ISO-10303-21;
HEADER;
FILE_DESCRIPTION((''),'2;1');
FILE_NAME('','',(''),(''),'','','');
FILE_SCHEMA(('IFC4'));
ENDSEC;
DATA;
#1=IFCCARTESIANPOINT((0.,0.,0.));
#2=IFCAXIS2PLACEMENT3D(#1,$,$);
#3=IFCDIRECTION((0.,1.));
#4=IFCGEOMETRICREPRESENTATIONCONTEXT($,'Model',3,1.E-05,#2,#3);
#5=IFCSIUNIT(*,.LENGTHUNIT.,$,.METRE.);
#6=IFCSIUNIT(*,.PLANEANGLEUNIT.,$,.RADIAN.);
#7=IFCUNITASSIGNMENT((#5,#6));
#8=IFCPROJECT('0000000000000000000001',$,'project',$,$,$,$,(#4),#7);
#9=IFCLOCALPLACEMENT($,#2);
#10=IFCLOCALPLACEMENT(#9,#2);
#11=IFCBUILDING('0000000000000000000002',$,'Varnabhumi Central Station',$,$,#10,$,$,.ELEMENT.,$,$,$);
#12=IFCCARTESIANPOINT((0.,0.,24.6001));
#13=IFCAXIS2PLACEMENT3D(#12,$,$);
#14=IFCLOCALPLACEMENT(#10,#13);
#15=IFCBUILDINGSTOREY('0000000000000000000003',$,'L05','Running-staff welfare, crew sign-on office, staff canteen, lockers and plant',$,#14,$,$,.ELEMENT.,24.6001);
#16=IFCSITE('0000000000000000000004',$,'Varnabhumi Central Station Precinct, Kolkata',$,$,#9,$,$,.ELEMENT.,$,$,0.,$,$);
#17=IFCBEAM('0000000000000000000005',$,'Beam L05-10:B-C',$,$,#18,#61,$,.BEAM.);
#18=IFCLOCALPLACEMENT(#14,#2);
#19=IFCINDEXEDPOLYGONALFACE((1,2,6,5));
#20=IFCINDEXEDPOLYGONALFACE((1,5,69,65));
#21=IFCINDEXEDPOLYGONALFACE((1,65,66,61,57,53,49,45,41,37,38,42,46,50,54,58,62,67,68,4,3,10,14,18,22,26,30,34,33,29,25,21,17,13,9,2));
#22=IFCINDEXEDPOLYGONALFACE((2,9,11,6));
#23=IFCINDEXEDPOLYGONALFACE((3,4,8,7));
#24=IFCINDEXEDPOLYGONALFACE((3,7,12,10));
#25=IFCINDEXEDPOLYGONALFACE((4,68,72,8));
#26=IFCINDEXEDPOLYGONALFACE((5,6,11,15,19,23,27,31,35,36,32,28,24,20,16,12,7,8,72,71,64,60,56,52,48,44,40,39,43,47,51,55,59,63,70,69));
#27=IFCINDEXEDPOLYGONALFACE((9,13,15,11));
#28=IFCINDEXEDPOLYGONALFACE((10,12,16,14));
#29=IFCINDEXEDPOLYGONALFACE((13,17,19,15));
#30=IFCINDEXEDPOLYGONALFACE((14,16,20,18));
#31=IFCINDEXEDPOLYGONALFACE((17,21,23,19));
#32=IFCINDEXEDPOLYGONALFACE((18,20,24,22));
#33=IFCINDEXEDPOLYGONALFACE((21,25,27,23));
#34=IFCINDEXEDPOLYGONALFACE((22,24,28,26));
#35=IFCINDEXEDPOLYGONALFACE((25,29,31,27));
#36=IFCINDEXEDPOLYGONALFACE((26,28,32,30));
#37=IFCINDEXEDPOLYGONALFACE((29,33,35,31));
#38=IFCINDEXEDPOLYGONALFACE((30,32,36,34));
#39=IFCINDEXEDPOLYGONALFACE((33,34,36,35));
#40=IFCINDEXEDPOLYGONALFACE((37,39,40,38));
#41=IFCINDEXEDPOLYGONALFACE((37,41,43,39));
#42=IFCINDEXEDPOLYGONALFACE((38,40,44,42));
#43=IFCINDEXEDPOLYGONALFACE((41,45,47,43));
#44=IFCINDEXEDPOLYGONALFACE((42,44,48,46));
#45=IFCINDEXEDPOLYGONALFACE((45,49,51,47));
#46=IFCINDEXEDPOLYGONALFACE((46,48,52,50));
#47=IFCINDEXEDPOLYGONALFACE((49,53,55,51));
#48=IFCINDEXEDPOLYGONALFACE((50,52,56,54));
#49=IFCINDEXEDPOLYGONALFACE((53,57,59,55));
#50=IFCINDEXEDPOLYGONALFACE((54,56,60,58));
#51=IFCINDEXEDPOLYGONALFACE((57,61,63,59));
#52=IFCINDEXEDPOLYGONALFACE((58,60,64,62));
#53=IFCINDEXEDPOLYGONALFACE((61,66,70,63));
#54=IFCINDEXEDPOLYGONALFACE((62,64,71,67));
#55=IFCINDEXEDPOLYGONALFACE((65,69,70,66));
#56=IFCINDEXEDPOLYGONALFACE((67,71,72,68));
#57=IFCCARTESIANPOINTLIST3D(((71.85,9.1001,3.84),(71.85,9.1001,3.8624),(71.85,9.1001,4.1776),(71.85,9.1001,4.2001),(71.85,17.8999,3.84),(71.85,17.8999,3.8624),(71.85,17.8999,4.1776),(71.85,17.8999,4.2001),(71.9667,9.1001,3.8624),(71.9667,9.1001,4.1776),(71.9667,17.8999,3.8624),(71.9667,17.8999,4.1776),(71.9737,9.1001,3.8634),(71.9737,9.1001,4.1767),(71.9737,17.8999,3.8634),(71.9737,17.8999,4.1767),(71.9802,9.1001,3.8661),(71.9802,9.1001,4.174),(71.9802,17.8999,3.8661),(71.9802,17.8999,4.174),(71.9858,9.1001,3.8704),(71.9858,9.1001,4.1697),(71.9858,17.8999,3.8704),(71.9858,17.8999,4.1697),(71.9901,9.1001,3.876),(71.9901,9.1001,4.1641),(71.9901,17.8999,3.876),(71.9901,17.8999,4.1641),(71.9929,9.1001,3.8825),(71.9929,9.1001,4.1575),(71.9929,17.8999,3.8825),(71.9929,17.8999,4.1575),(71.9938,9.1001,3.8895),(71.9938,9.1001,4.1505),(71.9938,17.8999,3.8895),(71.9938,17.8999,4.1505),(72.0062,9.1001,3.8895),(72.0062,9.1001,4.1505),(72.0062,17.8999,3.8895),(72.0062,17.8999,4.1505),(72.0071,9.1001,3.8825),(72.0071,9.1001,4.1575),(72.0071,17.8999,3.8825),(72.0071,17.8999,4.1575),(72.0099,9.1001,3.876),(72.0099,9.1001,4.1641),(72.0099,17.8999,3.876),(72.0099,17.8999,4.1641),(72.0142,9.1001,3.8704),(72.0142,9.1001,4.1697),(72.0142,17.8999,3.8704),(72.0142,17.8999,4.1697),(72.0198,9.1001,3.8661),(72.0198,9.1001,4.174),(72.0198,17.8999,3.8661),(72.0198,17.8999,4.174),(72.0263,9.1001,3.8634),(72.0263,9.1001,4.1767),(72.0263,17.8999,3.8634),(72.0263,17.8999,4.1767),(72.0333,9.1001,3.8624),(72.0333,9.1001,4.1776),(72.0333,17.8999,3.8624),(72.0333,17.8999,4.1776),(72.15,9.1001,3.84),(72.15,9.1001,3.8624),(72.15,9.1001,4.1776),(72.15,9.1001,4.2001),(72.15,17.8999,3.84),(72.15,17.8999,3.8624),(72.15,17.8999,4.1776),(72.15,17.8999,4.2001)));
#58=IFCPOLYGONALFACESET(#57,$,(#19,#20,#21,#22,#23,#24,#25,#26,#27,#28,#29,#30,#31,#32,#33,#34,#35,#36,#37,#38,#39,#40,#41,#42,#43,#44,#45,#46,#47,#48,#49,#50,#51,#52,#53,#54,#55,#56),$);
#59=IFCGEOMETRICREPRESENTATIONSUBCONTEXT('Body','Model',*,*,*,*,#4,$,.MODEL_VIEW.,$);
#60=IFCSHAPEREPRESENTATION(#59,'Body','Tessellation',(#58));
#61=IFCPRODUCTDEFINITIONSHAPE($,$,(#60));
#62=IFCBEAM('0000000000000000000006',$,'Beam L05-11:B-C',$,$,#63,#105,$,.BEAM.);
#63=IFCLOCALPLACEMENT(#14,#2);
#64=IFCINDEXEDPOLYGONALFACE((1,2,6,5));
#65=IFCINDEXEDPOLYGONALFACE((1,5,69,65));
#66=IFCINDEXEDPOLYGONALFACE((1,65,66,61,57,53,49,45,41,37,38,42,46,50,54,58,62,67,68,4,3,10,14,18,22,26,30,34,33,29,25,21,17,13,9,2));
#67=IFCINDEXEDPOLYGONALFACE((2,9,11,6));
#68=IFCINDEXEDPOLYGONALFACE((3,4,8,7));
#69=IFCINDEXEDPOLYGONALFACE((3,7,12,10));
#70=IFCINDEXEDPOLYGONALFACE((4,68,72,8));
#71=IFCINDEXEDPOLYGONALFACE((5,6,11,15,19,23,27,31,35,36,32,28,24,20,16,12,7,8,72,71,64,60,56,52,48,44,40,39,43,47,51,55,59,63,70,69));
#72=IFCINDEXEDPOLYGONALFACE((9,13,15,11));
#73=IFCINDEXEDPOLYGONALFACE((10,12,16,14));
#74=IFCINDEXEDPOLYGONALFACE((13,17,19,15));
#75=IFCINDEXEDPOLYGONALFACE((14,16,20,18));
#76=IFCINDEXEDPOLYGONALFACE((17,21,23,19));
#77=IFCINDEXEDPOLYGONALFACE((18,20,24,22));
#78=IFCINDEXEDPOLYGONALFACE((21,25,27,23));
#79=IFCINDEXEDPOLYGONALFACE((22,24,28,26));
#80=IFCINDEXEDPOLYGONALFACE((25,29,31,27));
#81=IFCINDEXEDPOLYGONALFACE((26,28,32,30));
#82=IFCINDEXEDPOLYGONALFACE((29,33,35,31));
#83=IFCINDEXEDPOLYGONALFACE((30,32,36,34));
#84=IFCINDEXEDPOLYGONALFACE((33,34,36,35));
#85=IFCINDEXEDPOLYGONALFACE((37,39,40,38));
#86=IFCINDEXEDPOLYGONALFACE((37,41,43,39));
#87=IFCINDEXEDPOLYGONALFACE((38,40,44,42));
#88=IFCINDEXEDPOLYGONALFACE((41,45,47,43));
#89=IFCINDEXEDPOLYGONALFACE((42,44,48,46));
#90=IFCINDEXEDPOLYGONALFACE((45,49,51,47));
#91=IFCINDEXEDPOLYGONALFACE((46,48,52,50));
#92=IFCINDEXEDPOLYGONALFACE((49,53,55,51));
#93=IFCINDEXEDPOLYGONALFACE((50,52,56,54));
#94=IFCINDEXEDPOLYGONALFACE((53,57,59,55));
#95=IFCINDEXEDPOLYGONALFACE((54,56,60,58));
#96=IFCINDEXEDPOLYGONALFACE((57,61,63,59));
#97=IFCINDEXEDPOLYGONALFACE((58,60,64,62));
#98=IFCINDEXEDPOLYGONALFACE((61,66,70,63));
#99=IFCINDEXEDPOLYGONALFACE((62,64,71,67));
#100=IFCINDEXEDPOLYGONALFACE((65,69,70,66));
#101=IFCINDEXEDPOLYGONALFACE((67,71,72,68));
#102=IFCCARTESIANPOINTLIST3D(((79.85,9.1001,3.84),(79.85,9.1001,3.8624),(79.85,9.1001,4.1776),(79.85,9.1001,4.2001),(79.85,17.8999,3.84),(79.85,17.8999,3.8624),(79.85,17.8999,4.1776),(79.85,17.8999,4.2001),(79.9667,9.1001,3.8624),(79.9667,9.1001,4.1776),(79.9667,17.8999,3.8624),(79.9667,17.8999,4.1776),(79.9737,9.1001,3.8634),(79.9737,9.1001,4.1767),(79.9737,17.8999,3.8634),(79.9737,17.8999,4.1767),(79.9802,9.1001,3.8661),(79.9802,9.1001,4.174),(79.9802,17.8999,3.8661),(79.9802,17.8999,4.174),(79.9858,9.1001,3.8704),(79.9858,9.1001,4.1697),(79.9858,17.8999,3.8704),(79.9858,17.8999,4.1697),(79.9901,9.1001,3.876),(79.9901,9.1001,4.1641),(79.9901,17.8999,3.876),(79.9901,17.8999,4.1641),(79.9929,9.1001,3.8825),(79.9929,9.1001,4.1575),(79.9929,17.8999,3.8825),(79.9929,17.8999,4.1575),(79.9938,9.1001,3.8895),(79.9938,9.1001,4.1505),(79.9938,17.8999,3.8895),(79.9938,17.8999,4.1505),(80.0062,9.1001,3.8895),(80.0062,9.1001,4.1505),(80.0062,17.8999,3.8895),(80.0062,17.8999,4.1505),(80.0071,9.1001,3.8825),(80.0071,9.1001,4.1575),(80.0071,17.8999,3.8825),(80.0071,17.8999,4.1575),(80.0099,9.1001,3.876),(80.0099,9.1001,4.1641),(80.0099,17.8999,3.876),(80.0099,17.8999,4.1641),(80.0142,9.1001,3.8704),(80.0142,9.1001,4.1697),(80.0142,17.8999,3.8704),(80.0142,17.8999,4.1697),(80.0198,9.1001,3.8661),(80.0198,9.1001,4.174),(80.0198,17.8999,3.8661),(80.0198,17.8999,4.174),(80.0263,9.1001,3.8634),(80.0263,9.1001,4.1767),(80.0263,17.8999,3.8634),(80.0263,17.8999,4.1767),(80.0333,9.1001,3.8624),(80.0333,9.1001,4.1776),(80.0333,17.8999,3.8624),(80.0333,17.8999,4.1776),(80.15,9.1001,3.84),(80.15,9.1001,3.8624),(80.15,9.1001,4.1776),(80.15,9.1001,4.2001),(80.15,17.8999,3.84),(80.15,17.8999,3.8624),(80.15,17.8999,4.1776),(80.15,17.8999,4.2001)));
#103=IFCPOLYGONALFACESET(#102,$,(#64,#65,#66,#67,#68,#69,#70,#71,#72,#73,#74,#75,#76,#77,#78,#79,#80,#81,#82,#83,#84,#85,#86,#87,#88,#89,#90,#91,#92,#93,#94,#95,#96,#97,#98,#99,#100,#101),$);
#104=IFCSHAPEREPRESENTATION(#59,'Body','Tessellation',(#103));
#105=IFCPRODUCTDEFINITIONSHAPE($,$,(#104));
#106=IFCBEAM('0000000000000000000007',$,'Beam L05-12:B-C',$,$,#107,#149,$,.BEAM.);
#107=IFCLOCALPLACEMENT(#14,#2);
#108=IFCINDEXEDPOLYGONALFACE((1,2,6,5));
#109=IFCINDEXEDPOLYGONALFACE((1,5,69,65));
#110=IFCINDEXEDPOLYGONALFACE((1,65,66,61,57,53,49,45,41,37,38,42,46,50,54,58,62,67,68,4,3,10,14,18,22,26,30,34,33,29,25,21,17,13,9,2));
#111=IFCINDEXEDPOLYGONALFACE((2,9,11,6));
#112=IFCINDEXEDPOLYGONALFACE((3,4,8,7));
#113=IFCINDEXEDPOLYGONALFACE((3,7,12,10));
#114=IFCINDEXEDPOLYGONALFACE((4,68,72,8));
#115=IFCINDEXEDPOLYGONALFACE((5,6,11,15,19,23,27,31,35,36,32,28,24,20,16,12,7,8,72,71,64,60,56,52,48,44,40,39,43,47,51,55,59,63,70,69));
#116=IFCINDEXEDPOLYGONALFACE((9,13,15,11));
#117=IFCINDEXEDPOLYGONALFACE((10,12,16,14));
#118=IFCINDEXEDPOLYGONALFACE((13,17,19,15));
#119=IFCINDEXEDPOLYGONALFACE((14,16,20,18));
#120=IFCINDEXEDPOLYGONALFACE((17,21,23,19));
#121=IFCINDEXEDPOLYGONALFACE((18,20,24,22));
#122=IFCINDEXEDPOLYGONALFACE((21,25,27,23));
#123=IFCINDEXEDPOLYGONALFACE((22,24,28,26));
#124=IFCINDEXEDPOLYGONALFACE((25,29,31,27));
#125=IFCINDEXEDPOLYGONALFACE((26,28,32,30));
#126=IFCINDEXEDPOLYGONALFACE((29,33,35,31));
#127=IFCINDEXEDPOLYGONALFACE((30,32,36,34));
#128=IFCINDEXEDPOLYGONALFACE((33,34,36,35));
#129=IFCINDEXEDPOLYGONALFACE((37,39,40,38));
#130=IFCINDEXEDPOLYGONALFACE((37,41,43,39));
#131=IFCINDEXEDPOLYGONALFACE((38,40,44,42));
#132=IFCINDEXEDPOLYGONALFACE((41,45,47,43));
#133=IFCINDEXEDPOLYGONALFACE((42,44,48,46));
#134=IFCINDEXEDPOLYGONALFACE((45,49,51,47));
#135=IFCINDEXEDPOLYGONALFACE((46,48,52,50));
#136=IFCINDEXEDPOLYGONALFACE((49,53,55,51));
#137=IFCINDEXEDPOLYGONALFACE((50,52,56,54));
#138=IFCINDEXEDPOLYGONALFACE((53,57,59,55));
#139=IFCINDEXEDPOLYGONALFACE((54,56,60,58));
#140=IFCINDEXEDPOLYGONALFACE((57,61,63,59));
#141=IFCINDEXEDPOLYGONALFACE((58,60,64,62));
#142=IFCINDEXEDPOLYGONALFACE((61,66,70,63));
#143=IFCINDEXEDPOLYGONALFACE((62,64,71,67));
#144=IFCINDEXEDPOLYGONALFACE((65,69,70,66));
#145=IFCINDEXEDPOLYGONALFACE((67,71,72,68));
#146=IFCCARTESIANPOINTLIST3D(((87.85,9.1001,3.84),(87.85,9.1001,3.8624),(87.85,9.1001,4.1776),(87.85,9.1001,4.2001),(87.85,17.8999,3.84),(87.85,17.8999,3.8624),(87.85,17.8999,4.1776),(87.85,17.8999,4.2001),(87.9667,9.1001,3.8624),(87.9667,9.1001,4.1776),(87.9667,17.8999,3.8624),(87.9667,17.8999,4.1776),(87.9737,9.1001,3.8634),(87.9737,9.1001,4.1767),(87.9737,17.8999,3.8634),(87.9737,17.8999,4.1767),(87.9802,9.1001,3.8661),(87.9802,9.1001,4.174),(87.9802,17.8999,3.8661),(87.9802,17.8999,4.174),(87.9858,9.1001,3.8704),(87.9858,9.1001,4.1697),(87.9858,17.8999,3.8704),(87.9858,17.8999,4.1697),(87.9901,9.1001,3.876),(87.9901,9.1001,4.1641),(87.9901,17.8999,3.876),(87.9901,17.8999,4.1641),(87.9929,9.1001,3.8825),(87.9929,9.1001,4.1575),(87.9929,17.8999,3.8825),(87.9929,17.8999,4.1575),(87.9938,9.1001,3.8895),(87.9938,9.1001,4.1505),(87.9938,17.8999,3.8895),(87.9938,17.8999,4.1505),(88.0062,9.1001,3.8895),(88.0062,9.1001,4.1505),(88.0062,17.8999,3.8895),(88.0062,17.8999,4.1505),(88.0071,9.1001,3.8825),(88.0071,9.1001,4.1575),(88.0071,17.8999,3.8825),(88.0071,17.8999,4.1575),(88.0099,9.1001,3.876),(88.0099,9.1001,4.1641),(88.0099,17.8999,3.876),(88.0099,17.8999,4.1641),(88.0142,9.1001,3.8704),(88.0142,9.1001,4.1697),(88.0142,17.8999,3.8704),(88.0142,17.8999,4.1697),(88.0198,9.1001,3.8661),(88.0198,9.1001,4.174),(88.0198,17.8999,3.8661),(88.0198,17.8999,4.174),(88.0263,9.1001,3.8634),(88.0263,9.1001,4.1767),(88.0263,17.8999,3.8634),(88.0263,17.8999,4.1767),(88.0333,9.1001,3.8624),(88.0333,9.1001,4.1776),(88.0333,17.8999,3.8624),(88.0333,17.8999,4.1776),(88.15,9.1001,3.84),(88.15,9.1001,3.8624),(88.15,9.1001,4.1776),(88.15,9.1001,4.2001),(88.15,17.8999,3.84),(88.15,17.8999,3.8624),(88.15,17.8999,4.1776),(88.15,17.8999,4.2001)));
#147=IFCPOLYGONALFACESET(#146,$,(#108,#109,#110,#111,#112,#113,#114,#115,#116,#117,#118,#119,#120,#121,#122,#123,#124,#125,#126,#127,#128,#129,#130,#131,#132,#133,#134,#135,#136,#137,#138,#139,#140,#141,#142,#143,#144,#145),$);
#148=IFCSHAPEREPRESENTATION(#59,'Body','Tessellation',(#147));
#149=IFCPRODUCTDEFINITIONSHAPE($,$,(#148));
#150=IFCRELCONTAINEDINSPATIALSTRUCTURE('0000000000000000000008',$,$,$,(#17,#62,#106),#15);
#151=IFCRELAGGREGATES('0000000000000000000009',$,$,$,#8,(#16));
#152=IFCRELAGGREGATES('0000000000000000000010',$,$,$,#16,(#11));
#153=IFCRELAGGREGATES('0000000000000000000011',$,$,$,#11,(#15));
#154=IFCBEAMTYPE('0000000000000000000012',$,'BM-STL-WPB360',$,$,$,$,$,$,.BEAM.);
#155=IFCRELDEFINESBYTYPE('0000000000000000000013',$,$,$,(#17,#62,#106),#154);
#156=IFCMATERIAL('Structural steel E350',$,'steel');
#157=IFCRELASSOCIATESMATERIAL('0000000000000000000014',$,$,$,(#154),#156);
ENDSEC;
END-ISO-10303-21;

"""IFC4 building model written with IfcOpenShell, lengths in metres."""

from ifc_helpers import new_model, si_unit, direction, frame, origin, origin_2d, place, context, subcontext, project, spatial, i_section, extrude, material, material_profile, profile_set, type_object, element, save


model = new_model("IFC4")

# Units and contexts
model_context = context("Model", 3, precision=1e-05, world=origin(), true_north=direction((0.0, 1.0)))
body_context = subcontext(model_context, "Body", "Model", "MODEL_VIEW")
ifc_project = project(units=[si_unit("LENGTHUNIT", "METRE"), si_unit("PLANEANGLEUNIT", "RADIAN")], contexts=[model_context])

# Site, building, storey
site_placement = place(None, origin())
site = spatial("IfcSite", under=ifc_project, at=site_placement, Name="Varnabhumi Central Station Precinct, Kolkata", CompositionType="ELEMENT", RefElevation=0.0)
building_placement = place(site_placement, origin())
building = spatial("IfcBuilding", under=site, at=building_placement, Name="Varnabhumi Central Station", CompositionType="ELEMENT")
storey_placement = place(building_placement, frame((0.0, 0.0, 24.6001)))
storey = spatial("IfcBuildingStorey", under=building, at=storey_placement, Name="L05", Description="Running-staff welfare, crew sign-on office, staff canteen, lockers and plant", CompositionType="ELEMENT", Elevation=24.6001)

# Shared definitions
ifc_material_1 = material(Name="Structural steel E350", Category="steel")

# Beams
ifc_material_profile_1 = material_profile(ifc_material_1, i_section(OverallWidth=0.3, OverallDepth=0.3601, WebThickness=0.0125, FlangeThickness=0.0225, FilletRadius=0.0271, at=origin_2d()), Name="Structural steel E350", Category="steel")
ifc_profile_set_1 = profile_set([ifc_material_profile_1], Name="Structural steel E350")
beam_type_1 = type_object("IfcBeamType", Name="BM-STL-WPB360", PredefinedType="BEAM", material=ifc_profile_set_1)
for number, where, z_axis, x_axis, name in (
    (1, (72.0, 9.1001, 4.02), (0.0, 1.0, 0.0), (-1.0, 0.0, 0.0), "Beam L05-10:B-C"),
    (2, (80.0, 9.1001, 4.02), (0.0, 1.0, 0.0), (-1.0, 0.0, 0.0), "Beam L05-11:B-C"),
    (3, (88.0, 9.1001, 4.02), (0.0, 1.0, 0.0), (-1.0, 0.0, 0.0), "Beam L05-12:B-C"),
):
    element("IfcBeam", number, at=place(storey_placement, frame(where, z_axis=z_axis, x_axis=x_axis)), inside=storey, type_object=beam_type_1, Name=name, PredefinedType="BEAM", context=body_context, shape_type="SweptSolid", body=[
        extrude(i_section(OverallWidth=0.3, OverallDepth=0.3601, WebThickness=0.0125, FlangeThickness=0.0225, FilletRadius=0.0271, at=origin_2d()), origin(), (0.0, 0.0, 1.0), 8.7998),
    ])

save(model, "model.ifc")
